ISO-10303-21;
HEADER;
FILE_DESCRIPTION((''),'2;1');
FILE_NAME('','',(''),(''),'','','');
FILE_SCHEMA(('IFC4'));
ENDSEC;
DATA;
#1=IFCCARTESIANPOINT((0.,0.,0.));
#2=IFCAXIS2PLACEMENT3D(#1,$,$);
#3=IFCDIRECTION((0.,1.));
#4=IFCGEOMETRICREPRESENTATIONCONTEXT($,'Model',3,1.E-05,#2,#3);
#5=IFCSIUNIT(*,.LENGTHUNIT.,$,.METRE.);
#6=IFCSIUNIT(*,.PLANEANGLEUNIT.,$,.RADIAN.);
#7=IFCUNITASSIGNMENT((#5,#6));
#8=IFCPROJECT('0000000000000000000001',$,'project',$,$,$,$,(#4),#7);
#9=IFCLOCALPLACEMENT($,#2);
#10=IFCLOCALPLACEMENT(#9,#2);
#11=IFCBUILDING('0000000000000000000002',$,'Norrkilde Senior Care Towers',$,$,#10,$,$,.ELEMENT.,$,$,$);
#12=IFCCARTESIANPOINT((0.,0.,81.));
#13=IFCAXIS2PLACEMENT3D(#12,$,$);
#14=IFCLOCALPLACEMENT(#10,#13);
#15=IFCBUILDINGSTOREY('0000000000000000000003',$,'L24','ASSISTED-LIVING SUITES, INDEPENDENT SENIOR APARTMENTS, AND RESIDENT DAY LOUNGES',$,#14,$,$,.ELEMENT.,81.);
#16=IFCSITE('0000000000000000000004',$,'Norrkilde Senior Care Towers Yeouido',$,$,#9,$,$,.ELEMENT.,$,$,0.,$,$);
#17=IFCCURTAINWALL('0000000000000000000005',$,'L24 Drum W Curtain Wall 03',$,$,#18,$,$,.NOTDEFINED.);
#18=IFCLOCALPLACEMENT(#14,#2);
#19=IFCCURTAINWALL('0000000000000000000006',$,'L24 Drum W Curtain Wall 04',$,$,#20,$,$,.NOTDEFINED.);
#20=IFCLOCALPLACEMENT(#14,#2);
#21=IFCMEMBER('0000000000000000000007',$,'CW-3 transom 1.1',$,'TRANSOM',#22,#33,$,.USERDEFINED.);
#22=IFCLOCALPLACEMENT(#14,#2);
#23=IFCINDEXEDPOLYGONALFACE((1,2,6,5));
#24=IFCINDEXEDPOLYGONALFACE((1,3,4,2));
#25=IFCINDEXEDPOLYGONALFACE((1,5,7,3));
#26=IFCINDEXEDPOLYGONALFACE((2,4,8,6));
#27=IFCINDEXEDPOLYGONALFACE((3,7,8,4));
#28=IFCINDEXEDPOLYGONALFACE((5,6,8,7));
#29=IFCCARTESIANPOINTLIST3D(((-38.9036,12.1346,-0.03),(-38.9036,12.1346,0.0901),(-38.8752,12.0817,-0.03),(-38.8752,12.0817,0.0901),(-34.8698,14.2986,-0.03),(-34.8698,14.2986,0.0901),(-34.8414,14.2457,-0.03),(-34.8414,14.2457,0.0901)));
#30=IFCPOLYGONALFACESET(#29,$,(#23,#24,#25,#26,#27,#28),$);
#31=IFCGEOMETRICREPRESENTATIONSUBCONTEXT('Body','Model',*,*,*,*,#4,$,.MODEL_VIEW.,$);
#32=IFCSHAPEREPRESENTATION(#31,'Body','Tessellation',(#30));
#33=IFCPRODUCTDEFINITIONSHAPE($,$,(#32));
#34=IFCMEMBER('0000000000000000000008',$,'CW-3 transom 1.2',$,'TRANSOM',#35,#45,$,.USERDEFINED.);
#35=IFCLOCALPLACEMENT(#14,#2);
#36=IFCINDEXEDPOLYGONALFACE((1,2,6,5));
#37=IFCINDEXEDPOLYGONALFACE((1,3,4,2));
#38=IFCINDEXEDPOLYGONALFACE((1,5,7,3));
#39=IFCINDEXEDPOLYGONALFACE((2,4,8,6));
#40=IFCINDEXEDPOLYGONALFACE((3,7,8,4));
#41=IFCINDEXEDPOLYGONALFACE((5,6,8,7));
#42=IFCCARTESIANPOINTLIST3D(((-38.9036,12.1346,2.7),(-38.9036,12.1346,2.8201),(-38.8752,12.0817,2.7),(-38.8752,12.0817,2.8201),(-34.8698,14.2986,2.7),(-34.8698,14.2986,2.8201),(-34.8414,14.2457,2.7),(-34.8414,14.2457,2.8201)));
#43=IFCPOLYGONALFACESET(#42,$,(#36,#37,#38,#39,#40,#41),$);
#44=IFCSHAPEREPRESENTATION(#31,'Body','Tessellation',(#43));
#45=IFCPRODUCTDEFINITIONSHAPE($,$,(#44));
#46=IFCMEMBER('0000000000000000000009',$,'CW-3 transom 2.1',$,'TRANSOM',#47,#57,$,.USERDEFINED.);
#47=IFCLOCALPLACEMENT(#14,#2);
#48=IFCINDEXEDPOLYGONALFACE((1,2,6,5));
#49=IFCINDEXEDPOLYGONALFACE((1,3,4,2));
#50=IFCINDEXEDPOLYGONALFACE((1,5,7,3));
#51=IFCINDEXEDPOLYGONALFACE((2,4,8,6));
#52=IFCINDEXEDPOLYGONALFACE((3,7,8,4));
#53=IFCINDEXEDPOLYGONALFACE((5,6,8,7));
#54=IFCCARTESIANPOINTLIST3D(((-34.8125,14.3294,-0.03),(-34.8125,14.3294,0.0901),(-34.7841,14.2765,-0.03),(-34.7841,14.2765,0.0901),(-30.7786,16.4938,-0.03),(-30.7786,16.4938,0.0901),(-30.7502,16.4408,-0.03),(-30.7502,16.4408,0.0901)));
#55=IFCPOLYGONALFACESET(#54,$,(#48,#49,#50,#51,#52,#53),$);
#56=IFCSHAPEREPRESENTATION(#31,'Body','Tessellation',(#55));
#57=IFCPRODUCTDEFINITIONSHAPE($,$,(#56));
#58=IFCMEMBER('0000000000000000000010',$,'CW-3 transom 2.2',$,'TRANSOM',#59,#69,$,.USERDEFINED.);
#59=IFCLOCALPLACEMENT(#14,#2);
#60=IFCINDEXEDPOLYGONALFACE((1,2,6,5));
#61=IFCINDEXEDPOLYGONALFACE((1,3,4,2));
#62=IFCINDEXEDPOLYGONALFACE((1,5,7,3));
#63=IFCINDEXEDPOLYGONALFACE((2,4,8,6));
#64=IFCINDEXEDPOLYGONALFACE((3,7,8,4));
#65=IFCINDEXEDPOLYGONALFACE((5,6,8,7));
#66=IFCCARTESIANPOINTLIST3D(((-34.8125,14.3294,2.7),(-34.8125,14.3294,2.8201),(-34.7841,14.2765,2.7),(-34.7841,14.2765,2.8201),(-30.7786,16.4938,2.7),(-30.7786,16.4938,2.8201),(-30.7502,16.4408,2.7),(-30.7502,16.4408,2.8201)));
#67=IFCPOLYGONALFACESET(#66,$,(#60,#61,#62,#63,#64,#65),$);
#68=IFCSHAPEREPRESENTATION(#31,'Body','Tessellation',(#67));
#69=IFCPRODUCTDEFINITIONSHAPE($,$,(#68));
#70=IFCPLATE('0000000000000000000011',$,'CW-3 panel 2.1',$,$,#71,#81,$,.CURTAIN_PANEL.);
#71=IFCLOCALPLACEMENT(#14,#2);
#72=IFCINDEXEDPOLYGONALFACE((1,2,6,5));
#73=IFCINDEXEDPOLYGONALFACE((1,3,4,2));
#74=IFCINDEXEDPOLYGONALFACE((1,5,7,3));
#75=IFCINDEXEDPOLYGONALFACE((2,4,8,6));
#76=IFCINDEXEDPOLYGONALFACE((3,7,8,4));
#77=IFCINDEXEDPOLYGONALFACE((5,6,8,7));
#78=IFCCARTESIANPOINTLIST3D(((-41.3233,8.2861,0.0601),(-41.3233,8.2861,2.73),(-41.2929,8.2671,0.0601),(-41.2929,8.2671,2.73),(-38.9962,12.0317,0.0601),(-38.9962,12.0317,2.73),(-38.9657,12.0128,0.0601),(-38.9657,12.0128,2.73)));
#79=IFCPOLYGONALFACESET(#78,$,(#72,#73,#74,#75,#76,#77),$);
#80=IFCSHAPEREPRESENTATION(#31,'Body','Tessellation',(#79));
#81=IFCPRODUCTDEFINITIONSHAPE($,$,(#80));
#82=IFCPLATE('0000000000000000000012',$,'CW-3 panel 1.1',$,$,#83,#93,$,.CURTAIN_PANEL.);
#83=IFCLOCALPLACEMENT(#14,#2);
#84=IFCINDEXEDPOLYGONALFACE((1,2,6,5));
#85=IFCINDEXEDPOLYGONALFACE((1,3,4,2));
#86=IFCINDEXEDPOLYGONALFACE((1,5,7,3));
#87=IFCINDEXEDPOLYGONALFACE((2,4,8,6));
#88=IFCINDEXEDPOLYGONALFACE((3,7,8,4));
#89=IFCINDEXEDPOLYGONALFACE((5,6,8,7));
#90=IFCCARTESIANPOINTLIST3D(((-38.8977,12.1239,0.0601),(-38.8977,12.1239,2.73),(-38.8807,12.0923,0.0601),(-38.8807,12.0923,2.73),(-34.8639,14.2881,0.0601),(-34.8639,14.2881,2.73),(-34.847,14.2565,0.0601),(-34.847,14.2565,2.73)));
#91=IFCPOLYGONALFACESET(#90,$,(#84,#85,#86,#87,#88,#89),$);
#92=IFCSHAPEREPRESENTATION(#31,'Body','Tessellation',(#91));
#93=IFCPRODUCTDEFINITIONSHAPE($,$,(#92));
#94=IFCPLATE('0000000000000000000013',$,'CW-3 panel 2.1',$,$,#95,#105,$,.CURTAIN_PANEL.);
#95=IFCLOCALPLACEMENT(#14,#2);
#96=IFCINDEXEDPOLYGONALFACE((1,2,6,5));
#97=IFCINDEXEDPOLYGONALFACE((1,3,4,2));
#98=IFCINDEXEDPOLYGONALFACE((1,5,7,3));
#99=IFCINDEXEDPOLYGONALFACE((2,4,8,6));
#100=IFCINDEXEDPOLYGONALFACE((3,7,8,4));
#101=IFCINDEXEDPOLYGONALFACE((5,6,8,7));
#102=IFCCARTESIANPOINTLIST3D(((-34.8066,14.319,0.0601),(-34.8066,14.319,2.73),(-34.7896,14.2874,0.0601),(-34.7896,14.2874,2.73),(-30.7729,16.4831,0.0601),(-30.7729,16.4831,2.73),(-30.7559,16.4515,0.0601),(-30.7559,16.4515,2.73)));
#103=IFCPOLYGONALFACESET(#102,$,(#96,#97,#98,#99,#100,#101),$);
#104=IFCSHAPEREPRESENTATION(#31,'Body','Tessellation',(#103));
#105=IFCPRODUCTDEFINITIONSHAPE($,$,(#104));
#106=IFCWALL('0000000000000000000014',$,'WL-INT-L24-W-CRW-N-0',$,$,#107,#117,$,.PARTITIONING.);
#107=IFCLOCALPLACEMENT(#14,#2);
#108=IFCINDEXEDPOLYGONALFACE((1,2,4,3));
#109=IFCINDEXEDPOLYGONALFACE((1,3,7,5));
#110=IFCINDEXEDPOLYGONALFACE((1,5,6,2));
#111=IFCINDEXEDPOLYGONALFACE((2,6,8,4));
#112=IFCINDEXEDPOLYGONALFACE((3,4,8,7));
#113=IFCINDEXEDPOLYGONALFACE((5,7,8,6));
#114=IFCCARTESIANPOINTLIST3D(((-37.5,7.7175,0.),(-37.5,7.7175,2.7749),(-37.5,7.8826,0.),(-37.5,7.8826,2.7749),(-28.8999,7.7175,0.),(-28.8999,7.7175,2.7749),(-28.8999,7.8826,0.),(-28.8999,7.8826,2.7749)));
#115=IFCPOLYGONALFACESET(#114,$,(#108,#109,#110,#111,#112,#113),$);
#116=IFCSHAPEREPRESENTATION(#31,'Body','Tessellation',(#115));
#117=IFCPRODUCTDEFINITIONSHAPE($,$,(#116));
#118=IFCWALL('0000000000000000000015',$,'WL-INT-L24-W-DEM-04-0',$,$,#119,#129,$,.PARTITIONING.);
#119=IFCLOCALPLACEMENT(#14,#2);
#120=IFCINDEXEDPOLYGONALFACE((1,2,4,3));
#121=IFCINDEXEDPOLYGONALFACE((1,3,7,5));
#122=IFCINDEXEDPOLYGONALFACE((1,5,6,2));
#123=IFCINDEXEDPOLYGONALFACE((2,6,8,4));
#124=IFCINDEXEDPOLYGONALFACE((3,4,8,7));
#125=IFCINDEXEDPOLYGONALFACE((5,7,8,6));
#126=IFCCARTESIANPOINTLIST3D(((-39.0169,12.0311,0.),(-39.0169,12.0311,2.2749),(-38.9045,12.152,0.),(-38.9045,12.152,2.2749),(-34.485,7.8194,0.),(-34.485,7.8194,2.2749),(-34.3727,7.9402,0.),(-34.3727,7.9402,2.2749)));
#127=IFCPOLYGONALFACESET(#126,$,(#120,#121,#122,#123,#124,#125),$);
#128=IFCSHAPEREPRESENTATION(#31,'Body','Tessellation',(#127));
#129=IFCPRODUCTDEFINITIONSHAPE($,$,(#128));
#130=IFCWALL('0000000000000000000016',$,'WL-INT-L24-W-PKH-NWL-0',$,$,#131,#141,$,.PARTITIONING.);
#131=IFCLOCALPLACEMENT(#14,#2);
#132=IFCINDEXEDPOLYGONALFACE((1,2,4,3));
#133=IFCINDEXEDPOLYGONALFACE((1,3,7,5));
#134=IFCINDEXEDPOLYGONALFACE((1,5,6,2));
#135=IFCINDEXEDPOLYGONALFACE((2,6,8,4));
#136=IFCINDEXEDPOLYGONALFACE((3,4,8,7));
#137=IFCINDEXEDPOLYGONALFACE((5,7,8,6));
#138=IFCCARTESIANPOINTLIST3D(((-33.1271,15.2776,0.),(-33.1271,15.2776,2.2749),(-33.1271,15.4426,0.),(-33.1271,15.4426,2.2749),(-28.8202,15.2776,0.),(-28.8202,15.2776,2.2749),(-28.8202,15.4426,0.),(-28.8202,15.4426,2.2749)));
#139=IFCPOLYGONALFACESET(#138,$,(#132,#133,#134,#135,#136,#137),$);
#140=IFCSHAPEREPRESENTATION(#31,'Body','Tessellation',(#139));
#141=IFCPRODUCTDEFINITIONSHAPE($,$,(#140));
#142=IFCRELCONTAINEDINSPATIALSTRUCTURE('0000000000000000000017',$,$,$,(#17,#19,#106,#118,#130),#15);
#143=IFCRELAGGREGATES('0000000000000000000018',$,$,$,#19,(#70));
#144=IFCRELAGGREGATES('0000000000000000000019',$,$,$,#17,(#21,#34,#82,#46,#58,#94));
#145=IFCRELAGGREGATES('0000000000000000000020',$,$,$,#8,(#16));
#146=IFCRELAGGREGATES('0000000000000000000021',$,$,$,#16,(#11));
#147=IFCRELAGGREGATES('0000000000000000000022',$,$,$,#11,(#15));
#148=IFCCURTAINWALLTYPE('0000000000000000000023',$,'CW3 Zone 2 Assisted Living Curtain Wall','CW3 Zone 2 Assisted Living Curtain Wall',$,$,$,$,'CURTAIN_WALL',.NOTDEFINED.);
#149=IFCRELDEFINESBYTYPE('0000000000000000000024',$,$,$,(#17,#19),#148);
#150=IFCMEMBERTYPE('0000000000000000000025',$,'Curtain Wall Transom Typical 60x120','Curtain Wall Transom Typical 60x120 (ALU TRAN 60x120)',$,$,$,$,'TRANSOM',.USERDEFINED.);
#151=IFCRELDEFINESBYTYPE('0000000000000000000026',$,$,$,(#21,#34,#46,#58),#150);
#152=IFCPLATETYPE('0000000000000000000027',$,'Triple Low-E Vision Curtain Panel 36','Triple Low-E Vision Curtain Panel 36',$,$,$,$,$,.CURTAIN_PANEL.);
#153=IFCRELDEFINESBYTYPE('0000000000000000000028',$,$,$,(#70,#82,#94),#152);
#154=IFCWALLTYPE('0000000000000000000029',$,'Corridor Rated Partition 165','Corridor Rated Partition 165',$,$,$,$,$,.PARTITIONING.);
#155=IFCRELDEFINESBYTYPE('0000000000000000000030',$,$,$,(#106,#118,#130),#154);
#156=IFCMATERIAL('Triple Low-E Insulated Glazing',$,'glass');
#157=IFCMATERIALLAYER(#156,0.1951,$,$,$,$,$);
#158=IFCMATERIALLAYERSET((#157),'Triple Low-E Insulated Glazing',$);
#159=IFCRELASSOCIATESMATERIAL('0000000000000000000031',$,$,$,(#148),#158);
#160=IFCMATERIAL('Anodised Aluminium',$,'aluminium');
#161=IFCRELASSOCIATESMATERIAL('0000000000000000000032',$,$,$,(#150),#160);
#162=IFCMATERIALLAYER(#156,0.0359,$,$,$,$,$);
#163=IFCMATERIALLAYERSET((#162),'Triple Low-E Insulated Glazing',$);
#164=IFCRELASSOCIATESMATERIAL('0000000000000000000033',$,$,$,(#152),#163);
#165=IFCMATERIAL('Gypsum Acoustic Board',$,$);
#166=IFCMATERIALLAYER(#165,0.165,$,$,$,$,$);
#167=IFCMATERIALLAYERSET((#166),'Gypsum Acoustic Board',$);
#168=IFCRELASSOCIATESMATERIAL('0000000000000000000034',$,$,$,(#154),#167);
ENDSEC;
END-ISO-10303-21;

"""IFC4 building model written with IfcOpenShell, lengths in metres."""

from ifc_helpers import new_model, si_unit, direction, frame, frame_2d, origin, origin_2d, place, context, subcontext, project, spatial, rectangle, extrude, source, transform, mapped, material, layer, layer_set, material_profile, profile_set, type_object, type_shapes, element, aggregate, save


model = new_model("IFC4")

# Units and contexts
model_context = context("Model", 3, precision=1e-05, world=origin(), true_north=direction((0.0, 1.0)))
body_context = subcontext(model_context, "Body", "Model", "MODEL_VIEW")
ifc_project = project(units=[si_unit("LENGTHUNIT", "METRE"), si_unit("PLANEANGLEUNIT", "RADIAN")], contexts=[model_context])

# Site, building, storey
site_placement = place(None, origin())
site = spatial("IfcSite", under=ifc_project, at=site_placement, Name="Norrkilde Senior Care Towers Yeouido", CompositionType="ELEMENT", RefElevation=0.0)
building_placement = place(site_placement, origin())
building = spatial("IfcBuilding", under=site, at=building_placement, Name="Norrkilde Senior Care Towers", CompositionType="ELEMENT")
storey_placement = place(building_placement, frame((0.0, 0.0, 81.0)))
storey = spatial("IfcBuildingStorey", under=building, at=storey_placement, Name="L24", Description="ASSISTED-LIVING SUITES, INDEPENDENT SENIOR APARTMENTS, AND RESIDENT DAY LOUNGES", CompositionType="ELEMENT", Elevation=81.0)

# Shared definitions
ifc_material_1 = material(Name="Triple Low-E Insulated Glazing", Category="glass")
ifc_layer_1 = layer(ifc_material_1, 0.1951)
ifc_layer_set_1 = layer_set([ifc_layer_1], Name="Triple Low-E Insulated Glazing")
curtain_wall_type = type_object("IfcCurtainWallType", Name="CW3 Zone 2 Assisted Living Curtain Wall", Description="CW3 Zone 2 Assisted Living Curtain Wall", ElementType="CURTAIN_WALL", PredefinedType="NOTDEFINED", material=ifc_layer_set_1)
ifc_material_2 = material(Name="Anodised Aluminium", Category="aluminium")

# Curtain walls
curtain_wall_1_placement = place(storey_placement, origin())
curtain_wall_1 = element("IfcCurtainWall", 1, at=curtain_wall_1_placement, inside=storey, type_object=curtain_wall_type, Name="L24 Drum W Curtain Wall 03", PredefinedType="NOTDEFINED")
curtain_wall_2_placement = place(storey_placement, origin())
curtain_wall_2 = element("IfcCurtainWall", 2, at=curtain_wall_2_placement, inside=storey, type_object=curtain_wall_type, Name="L24 Drum W Curtain Wall 04", PredefinedType="NOTDEFINED")
ifc_material_profile_1 = material_profile(ifc_material_2, rectangle(XDim=0.0601, YDim=0.1201, at=origin_2d()), Name="ALU TRAN 60x120")
ifc_profile_set_1 = profile_set([ifc_material_profile_1], Name="Anodised Aluminium")
member_type_1 = type_object("IfcMemberType", Name="Curtain Wall Transom Typical 60x120", Description="Curtain Wall Transom Typical 60x120 (ALU TRAN 60x120)", ElementType="TRANSOM", PredefinedType="USERDEFINED", material=ifc_profile_set_1)

# Members
shared_shape_1 = source(origin(), body_context, "Body", "SweptSolid", [
    extrude(rectangle(XDim=0.0601, YDim=0.1201, at=origin_2d()), origin(), (0.0, 0.0, 1.0), 4.5776),
])
member_1_placement = place(storey_placement, frame((-38.8894, 12.1082, 0.03), z_axis=(0.881205, 0.472735, 0.0), x_axis=(-0.472735, 0.881205, 0.0)))
member_1 = element("IfcMember", 3, at=member_1_placement, type_object=member_type_1, Name="CW-3 transom 1.1", ObjectType="TRANSOM", PredefinedType="USERDEFINED", context=body_context, shape_type="MappedRepresentation", body=[
    mapped(shared_shape_1, transform((0.0, 0.0, 0.0), x_axis=(1.0, 0.0, 0.0), y_axis=(0.0, 1.0, 0.0), z_axis=(0.0, 0.0, 1.0), scale=1.0)),
])
member_2_placement = place(storey_placement, frame((-38.8894, 12.1082, 2.76), z_axis=(0.881205, 0.472735, 0.0), x_axis=(-0.472735, 0.881205, 0.0)))
member_2 = element("IfcMember", 4, at=member_2_placement, type_object=member_type_1, Name="CW-3 transom 1.2", ObjectType="TRANSOM", PredefinedType="USERDEFINED", context=body_context, shape_type="MappedRepresentation", body=[
    mapped(shared_shape_1, transform((0.0, 0.0, 0.0), x_axis=(1.0, 0.0, 0.0), y_axis=(0.0, 1.0, 0.0), z_axis=(0.0, 0.0, 1.0), scale=1.0)),
])
shared_shape_2 = source(origin(), body_context, "Body", "SweptSolid", [
    extrude(rectangle(XDim=0.0601, YDim=0.1201, at=origin_2d()), origin(), (0.0, 0.0, 1.0), 4.5779),
])
member_3_placement = place(storey_placement, frame((-34.7983, 14.303, 0.03), z_axis=(0.881182, 0.472776, 0.0), x_axis=(-0.472776, 0.881182, 0.0)))
member_3 = element("IfcMember", 5, at=member_3_placement, type_object=member_type_1, Name="CW-3 transom 2.1", ObjectType="TRANSOM", PredefinedType="USERDEFINED", context=body_context, shape_type="MappedRepresentation", body=[
    mapped(shared_shape_2, transform((0.0, 0.0, 0.0), x_axis=(1.0, 0.0, 0.0), y_axis=(0.0, 1.0, 0.0), z_axis=(0.0, 0.0, 1.0), scale=1.0)),
])
member_4_placement = place(storey_placement, frame((-34.7983, 14.303, 2.76), z_axis=(0.881182, 0.472776, 0.0), x_axis=(-0.472776, 0.881182, 0.0)))
member_4 = element("IfcMember", 6, at=member_4_placement, type_object=member_type_1, Name="CW-3 transom 2.2", ObjectType="TRANSOM", PredefinedType="USERDEFINED", context=body_context, shape_type="MappedRepresentation", body=[
    mapped(shared_shape_2, transform((0.0, 0.0, 0.0), x_axis=(1.0, 0.0, 0.0), y_axis=(0.0, 1.0, 0.0), z_axis=(0.0, 0.0, 1.0), scale=1.0)),
])

# Plates
ifc_layer_2 = layer(ifc_material_1, 0.0359)
ifc_layer_set_2 = layer_set([ifc_layer_2], Name="Triple Low-E Insulated Glazing")
plate_type = type_object("IfcPlateType", Name="Triple Low-E Vision Curtain Panel 36", Description="Triple Low-E Vision Curtain Panel 36", PredefinedType="CURTAIN_PANEL", material=ifc_layer_set_2)
shared_shape_3 = source(origin(), body_context, "Body", "SweptSolid", [
    extrude(rectangle(XDim=4.4097, YDim=0.0359, at=origin_2d()), origin(), (0.0, 0.0, 1.0), 2.6699),
])
plate_1_placement = place(storey_placement, frame((-40.1445, 10.1494, 0.0601), z_axis=(0.0, 0.0, 1.0), x_axis=(0.527733, 0.84941, 0.0)))
plate_1 = element("IfcPlate", 7, at=plate_1_placement, type_object=plate_type, Name="CW-3 panel 2.1", PredefinedType="CURTAIN_PANEL", context=body_context, shape_type="MappedRepresentation", body=[
    mapped(shared_shape_3, transform((0.0, 0.0, 0.0), x_axis=(1.0, 0.0, 0.0), y_axis=(0.0, 1.0, 0.0), z_axis=(0.0, 0.0, 1.0), scale=1.0)),
])
aggregate(curtain_wall_2, [plate_1])
shared_shape_4 = source(origin(), body_context, "Body", "SweptSolid", [
    extrude(rectangle(XDim=4.5776, YDim=0.0359, at=origin_2d()), origin(), (0.0, 0.0, 1.0), 2.6699),
])
type_shapes(plate_type, [shared_shape_3, shared_shape_4])
plate_2_placement = place(storey_placement, frame((-36.8723, 13.1902, 0.0601), z_axis=(0.0, 0.0, 1.0), x_axis=(0.881186, 0.472769, 0.0)))
plate_2 = element("IfcPlate", 8, at=plate_2_placement, type_object=plate_type, Name="CW-3 panel 1.1", PredefinedType="CURTAIN_PANEL", context=body_context, shape_type="MappedRepresentation", body=[
    mapped(shared_shape_4, transform((0.0, 0.0, 0.0), x_axis=(1.0, 0.0, 0.0), y_axis=(0.0, 1.0, 0.0), z_axis=(0.0, 0.0, 1.0), scale=1.0)),
])
plate_3_placement = place(storey_placement, frame((-32.7812, 15.3853, 0.0601), z_axis=(0.0, 0.0, 1.0), x_axis=(0.881186, 0.472769, 0.0)))
plate_3 = element("IfcPlate", 9, at=plate_3_placement, type_object=plate_type, Name="CW-3 panel 2.1", PredefinedType="CURTAIN_PANEL", context=body_context, shape_type="MappedRepresentation", body=[
    mapped(shared_shape_4, transform((0.0, 0.0, 0.0), x_axis=(1.0, 0.0, 0.0), y_axis=(0.0, 1.0, 0.0), z_axis=(0.0, 0.0, 1.0), scale=1.0)),
])
aggregate(curtain_wall_1, [member_1, member_2, plate_2, member_3, member_4, plate_3])

# Walls
ifc_material_3 = material(Name="Gypsum Acoustic Board")
ifc_layer_3 = layer(ifc_material_3, 0.165)
ifc_layer_set_3 = layer_set([ifc_layer_3], Name="Gypsum Acoustic Board")
wall_type = type_object("IfcWallType", Name="Corridor Rated Partition 165", Description="Corridor Rated Partition 165", PredefinedType="PARTITIONING", material=ifc_layer_set_3)
shared_shape_5 = source(origin(), body_context, "Body", "SweptSolid", [
    extrude(rectangle(XDim=8.6001, YDim=0.165, at=frame_2d((4.3, 0.0))), origin(), (0.0, 0.0, 1.0), 2.7749),
])
wall_1_placement = place(storey_placement, frame((-37.5, 7.8, 0.0), z_axis=(0.0, 0.0, 1.0), x_axis=(1.0, 0.0, 0.0)))
element("IfcWall", 10, at=wall_1_placement, inside=storey, type_object=wall_type, Name="WL-INT-L24-W-CRW-N-0", PredefinedType="PARTITIONING", context=body_context, shape_type="MappedRepresentation", body=[
    mapped(shared_shape_5, transform((0.0, 0.0, 0.0), x_axis=(1.0, 0.0, 0.0), y_axis=(0.0, 1.0, 0.0), z_axis=(0.0, 0.0, 1.0), scale=1.0)),
])
shared_shape_6 = source(origin(), body_context, "Body", "SweptSolid", [
    extrude(rectangle(XDim=6.1868, YDim=0.165, at=frame_2d((3.0933, 0.0))), origin(), (0.0, 0.0, 1.0), 2.2749),
])
wall_2_placement = place(storey_placement, frame((-34.429, 7.8799, 0.0), z_axis=(0.0, 0.0, 1.0), x_axis=(-0.732501, 0.680766, 0.0)))
element("IfcWall", 11, at=wall_2_placement, inside=storey, type_object=wall_type, Name="WL-INT-L24-W-DEM-04-0", PredefinedType="PARTITIONING", context=body_context, shape_type="MappedRepresentation", body=[
    mapped(shared_shape_6, transform((0.0, 0.0, 0.0), x_axis=(1.0, 0.0, 0.0), y_axis=(0.0, 1.0, 0.0), z_axis=(0.0, 0.0, 1.0), scale=1.0)),
])
shared_shape_7 = source(origin(), body_context, "Body", "SweptSolid", [
    extrude(rectangle(XDim=4.3069, YDim=0.165, at=frame_2d((2.1533, 0.0))), origin(), (0.0, 0.0, 1.0), 2.2749),
])
type_shapes(wall_type, [shared_shape_5, shared_shape_6, shared_shape_7])
wall_3_placement = place(storey_placement, frame((-33.127, 15.3601, 0.0), z_axis=(0.0, 0.0, 1.0), x_axis=(1.0, 0.0, 0.0)))
element("IfcWall", 12, at=wall_3_placement, inside=storey, type_object=wall_type, Name="WL-INT-L24-W-PKH-NWL-0", PredefinedType="PARTITIONING", context=body_context, shape_type="MappedRepresentation", body=[
    mapped(shared_shape_7, transform((0.0, 0.0, 0.0), x_axis=(1.0, 0.0, 0.0), y_axis=(0.0, 1.0, 0.0), z_axis=(0.0, 0.0, 1.0), scale=1.0)),
])

save(model, "model.ifc")
